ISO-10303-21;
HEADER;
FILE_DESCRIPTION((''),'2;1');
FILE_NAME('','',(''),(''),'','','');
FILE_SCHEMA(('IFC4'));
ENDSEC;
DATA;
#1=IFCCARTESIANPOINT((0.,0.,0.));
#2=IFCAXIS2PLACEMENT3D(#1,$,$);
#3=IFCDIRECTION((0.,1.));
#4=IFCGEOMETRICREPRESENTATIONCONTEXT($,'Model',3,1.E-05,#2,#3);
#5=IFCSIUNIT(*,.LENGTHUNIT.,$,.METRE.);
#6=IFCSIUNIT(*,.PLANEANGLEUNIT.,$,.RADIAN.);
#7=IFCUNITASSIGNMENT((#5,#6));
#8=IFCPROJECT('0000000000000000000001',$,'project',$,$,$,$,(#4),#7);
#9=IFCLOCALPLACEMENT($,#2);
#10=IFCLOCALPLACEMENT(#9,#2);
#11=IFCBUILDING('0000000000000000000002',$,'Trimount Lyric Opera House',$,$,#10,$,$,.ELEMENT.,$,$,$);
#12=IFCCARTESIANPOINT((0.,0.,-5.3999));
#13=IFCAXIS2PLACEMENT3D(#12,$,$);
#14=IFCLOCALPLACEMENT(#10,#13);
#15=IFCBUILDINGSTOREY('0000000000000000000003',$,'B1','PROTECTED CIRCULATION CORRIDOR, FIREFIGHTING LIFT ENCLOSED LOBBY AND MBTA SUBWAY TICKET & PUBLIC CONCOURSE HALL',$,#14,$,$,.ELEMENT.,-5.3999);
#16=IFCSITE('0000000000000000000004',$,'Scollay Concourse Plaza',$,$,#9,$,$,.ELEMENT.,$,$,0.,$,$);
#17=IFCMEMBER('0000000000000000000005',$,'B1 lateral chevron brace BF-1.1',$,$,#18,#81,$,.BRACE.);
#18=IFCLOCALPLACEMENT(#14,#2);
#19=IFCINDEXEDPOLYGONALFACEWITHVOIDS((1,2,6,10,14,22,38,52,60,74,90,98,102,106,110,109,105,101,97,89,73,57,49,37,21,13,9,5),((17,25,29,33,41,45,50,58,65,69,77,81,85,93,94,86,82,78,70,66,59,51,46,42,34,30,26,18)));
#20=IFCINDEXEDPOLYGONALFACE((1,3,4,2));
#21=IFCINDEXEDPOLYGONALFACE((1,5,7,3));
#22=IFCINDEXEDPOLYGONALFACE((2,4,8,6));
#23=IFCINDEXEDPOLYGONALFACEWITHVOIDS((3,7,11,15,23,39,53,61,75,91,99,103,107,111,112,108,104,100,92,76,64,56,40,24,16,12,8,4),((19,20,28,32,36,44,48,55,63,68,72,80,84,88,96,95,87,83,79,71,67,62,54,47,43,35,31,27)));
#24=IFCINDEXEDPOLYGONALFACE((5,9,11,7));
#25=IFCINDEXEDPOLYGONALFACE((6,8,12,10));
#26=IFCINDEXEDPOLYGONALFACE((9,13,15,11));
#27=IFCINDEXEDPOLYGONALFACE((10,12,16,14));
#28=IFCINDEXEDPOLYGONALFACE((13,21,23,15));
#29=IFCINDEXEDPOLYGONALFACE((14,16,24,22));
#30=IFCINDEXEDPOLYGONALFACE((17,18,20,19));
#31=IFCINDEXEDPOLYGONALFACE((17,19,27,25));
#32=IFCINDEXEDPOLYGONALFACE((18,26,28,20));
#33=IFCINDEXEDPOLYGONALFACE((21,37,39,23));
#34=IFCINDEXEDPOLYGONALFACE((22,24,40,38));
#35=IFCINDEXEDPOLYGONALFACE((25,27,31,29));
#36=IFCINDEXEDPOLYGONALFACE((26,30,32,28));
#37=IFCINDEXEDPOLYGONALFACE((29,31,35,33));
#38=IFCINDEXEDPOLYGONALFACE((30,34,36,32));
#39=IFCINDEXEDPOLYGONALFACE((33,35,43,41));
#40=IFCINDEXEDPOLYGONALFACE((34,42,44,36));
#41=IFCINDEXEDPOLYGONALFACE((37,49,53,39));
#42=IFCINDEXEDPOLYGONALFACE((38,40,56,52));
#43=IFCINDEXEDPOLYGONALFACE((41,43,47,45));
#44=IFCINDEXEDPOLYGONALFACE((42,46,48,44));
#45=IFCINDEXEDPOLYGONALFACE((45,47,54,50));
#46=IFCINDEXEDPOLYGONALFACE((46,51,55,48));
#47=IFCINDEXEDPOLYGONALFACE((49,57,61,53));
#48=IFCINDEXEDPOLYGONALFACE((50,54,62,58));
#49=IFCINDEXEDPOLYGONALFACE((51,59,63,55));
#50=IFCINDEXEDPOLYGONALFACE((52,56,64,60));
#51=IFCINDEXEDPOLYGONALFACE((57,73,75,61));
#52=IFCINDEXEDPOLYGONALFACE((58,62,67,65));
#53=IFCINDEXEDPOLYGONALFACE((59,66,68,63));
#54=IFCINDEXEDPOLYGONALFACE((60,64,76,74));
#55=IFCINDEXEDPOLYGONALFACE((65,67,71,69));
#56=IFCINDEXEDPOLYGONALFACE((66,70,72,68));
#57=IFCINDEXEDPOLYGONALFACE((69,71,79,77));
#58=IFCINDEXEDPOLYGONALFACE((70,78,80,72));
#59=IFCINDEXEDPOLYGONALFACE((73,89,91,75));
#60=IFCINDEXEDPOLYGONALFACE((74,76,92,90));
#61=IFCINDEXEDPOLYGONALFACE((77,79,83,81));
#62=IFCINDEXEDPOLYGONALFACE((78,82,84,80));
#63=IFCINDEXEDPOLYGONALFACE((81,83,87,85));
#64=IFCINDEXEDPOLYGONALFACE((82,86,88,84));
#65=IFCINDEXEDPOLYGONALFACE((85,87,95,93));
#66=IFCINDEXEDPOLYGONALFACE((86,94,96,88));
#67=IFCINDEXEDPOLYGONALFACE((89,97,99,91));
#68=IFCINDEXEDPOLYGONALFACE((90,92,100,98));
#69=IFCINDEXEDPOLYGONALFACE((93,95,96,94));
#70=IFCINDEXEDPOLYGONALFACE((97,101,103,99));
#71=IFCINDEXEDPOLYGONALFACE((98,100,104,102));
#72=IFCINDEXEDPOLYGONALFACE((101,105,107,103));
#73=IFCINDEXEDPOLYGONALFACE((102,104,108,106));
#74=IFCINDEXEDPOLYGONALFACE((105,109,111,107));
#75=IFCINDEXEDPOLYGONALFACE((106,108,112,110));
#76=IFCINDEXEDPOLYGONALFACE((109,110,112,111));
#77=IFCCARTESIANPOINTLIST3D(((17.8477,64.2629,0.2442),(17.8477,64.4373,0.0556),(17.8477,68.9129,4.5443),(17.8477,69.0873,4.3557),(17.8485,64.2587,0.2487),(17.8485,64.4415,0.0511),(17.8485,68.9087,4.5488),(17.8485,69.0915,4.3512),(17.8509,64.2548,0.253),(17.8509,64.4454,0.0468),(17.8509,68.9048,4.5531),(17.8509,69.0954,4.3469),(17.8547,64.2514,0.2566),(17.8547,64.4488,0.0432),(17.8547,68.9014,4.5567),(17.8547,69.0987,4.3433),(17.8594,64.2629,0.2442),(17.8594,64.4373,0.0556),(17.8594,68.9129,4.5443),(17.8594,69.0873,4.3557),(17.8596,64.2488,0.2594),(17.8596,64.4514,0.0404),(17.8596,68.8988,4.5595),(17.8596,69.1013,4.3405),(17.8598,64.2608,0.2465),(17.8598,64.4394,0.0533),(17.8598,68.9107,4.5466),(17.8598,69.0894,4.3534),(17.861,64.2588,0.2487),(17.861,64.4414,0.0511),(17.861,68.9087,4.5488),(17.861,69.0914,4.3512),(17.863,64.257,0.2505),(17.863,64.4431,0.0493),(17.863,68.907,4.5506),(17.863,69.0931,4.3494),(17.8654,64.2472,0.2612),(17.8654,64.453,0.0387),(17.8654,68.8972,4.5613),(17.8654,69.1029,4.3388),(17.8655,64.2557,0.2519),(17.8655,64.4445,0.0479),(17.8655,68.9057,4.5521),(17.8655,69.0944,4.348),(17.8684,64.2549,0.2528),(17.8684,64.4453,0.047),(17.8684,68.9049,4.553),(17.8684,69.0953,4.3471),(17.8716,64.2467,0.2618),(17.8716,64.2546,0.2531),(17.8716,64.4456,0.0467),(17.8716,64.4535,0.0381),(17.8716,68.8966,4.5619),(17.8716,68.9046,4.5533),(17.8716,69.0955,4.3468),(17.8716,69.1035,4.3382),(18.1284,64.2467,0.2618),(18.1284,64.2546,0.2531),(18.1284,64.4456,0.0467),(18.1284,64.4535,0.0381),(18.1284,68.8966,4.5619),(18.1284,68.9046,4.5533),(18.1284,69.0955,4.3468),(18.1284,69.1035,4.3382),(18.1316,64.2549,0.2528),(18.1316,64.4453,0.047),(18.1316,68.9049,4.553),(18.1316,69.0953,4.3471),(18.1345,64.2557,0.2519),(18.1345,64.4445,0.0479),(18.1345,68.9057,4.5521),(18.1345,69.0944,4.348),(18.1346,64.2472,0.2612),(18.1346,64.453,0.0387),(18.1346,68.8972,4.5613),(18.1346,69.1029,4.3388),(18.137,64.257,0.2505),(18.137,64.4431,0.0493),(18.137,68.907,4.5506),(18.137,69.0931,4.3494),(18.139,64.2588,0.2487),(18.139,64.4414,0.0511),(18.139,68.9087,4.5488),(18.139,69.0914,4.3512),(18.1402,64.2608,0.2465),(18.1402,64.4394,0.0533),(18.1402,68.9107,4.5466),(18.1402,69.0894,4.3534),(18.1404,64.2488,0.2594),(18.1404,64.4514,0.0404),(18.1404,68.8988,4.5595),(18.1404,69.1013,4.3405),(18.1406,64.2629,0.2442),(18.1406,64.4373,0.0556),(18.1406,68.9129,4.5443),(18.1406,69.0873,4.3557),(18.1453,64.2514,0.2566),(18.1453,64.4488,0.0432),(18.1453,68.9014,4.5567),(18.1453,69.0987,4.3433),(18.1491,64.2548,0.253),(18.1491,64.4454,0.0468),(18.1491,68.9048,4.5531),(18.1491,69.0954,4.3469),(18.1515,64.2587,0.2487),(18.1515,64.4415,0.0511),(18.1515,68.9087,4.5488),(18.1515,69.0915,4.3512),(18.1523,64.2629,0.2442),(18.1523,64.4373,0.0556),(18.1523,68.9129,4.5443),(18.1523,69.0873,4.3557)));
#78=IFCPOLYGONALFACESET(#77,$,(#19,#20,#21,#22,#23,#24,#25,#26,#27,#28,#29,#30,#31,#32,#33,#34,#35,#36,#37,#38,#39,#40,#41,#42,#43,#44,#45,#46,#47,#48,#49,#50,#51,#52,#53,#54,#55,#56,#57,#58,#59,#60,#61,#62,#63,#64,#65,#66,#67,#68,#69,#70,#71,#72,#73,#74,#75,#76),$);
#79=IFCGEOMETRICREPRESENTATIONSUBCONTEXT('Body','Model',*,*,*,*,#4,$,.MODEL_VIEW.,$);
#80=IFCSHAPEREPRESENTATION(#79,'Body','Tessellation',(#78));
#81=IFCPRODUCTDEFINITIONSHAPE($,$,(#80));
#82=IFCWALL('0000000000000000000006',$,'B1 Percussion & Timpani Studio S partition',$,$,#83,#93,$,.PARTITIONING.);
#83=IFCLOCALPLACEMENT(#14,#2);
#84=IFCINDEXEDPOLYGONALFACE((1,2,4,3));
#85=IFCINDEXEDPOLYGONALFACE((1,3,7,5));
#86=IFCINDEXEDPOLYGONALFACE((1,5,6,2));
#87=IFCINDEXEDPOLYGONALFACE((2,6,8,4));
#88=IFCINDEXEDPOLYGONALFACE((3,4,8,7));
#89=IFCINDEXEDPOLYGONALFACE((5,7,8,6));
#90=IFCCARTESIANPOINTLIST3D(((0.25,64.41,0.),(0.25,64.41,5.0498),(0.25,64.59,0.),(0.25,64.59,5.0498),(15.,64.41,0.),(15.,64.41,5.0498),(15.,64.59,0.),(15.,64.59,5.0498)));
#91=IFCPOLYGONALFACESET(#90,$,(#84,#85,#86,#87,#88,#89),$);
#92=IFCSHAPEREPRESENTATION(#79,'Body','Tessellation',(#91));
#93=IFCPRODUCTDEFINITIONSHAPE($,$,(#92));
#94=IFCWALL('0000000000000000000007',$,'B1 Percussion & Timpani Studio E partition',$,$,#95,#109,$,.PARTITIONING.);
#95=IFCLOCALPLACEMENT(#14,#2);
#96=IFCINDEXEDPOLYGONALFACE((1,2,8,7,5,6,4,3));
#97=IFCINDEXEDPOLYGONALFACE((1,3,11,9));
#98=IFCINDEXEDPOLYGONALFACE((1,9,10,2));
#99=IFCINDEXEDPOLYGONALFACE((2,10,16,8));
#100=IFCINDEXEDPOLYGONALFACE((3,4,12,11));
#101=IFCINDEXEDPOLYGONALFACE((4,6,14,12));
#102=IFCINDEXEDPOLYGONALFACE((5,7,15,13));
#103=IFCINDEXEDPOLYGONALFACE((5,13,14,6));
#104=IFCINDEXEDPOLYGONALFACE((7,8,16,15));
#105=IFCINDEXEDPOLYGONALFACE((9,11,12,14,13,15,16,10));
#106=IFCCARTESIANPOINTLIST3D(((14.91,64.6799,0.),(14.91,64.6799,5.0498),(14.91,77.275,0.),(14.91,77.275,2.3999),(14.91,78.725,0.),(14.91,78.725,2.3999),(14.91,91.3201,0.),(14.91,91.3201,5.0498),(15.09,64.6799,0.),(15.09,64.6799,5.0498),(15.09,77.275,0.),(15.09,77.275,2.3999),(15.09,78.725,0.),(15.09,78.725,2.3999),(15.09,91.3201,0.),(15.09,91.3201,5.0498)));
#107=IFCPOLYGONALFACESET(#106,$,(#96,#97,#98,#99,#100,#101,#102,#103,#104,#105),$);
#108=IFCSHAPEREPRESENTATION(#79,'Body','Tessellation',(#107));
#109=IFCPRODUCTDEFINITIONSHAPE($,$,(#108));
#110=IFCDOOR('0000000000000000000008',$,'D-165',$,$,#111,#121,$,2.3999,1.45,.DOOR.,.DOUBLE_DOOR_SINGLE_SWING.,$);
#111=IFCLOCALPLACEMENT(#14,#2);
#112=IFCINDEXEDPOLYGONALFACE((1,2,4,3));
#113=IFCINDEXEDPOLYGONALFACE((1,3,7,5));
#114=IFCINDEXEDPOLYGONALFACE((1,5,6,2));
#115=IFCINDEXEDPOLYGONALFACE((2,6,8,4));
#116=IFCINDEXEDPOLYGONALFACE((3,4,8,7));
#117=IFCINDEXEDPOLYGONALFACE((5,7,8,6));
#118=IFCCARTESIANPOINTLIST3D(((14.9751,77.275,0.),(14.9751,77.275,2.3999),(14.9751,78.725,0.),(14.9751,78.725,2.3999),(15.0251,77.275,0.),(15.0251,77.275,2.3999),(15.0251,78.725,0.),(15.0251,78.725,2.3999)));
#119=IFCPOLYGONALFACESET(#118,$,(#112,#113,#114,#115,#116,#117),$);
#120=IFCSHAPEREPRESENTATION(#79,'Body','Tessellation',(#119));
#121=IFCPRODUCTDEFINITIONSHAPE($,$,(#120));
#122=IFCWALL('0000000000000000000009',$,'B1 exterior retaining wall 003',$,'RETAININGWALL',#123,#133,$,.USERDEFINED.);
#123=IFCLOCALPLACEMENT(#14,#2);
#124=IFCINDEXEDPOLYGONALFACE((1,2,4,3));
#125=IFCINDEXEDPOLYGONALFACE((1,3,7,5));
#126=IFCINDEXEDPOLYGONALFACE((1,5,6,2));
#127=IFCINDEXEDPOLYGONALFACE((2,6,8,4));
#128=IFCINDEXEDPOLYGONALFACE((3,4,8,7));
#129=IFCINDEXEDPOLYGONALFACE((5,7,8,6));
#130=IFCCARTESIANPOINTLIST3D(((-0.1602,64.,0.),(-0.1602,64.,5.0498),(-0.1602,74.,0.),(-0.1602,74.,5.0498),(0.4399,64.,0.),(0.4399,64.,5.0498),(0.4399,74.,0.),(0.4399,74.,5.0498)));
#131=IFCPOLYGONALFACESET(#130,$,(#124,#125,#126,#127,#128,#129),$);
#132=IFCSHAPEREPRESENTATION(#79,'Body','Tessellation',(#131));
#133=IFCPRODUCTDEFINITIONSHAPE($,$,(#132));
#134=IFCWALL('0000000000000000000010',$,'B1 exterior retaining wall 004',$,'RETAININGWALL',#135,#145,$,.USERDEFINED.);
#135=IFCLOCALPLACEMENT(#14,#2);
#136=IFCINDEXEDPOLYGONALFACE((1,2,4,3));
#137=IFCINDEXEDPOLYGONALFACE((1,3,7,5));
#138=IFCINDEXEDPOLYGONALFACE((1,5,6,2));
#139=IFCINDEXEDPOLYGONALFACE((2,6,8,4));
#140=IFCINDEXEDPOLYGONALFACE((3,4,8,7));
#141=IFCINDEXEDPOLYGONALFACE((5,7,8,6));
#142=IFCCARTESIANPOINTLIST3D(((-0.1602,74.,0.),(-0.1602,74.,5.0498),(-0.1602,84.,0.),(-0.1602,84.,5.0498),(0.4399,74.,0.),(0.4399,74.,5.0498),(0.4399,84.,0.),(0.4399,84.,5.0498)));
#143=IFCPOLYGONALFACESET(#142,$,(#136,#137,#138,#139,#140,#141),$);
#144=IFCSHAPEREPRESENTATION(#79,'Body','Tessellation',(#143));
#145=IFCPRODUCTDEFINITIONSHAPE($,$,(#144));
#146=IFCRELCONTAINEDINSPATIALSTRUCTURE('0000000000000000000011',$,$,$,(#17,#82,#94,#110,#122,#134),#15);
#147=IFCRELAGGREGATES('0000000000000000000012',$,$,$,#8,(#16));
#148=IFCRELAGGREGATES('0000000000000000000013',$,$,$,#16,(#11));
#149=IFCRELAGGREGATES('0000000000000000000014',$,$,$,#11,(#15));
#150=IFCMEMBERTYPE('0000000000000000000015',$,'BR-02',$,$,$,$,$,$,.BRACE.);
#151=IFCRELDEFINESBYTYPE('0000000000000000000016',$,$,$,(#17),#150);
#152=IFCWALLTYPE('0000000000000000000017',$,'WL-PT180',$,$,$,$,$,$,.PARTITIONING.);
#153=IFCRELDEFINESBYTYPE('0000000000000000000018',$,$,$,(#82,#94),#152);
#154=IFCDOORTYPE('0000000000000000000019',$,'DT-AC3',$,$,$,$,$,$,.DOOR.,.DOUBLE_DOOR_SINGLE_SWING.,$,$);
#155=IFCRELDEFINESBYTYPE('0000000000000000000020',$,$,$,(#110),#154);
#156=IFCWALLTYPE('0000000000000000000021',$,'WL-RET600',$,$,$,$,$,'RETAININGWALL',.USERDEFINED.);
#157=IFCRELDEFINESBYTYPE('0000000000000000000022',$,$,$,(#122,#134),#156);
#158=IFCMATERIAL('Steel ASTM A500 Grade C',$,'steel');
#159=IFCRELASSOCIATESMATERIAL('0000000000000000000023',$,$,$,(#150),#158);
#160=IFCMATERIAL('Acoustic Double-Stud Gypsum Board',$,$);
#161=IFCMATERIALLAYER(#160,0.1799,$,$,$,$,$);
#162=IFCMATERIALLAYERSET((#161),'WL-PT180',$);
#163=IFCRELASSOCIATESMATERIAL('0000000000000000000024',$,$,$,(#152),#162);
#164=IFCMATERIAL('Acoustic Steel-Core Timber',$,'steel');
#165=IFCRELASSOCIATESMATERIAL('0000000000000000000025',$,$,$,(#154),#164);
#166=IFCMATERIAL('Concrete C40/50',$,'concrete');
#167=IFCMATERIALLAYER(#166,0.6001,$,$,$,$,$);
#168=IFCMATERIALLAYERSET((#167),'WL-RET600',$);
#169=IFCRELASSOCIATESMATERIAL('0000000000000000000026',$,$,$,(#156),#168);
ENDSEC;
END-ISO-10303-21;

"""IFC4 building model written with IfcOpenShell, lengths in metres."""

from ifc_helpers import new_model, si_unit, direction, frame, frame_2d, origin, origin_2d, place, context, subcontext, project, spatial, rectangle, hollow_rectangle, extrude, material, layer, layer_set, material_profile, profile_set, type_object, element, fill, save


model = new_model("IFC4")

# Units and contexts
model_context = context("Model", 3, precision=1e-05, world=origin(), true_north=direction((0.0, 1.0)))
body_context = subcontext(model_context, "Body", "Model", "MODEL_VIEW")
ifc_project = project(units=[si_unit("LENGTHUNIT", "METRE"), si_unit("PLANEANGLEUNIT", "RADIAN")], contexts=[model_context])

# Site, building, storey
site_placement = place(None, origin())
site = spatial("IfcSite", under=ifc_project, at=site_placement, Name="Scollay Concourse Plaza", CompositionType="ELEMENT", RefElevation=0.0)
building_placement = place(site_placement, origin())
building = spatial("IfcBuilding", under=site, at=building_placement, Name="Trimount Lyric Opera House", CompositionType="ELEMENT")
storey_placement = place(building_placement, frame((0.0, 0.0, -5.3999)))
storey = spatial("IfcBuildingStorey", under=building, at=storey_placement, Name="B1", Description="PROTECTED CIRCULATION CORRIDOR, FIREFIGHTING LIFT ENCLOSED LOBBY AND MBTA SUBWAY TICKET & PUBLIC CONCOURSE HALL", CompositionType="ELEMENT", Elevation=-5.3999)

# Member
ifc_material_1 = material(Name="Steel ASTM A500 Grade C", Category="steel")
ifc_material_profile_1 = material_profile(ifc_material_1, hollow_rectangle(XDim=0.3047, YDim=0.3047, WallThickness=0.0117, InnerFilletRadius=0.0122, OuterFilletRadius=0.0239, at=origin_2d()), Name="HSS304.8X304.8X12.7")
ifc_profile_set_1 = profile_set([ifc_material_profile_1], Name="Steel ASTM A500 Grade C")
member_type = type_object("IfcMemberType", Name="BR-02", PredefinedType="BRACE", material=ifc_profile_set_1)
member_placement = place(storey_placement, frame((18.0, 64.3501, 0.1499), z_axis=(0.0, 0.734187, 0.678947), x_axis=(-1.0, 0.0, 0.0)))
element("IfcMember", 1, at=member_placement, inside=storey, type_object=member_type, Name="B1 lateral chevron brace BF-1.1", PredefinedType="BRACE", context=body_context, shape_type="SweptSolid", body=[
    extrude(hollow_rectangle(XDim=0.3047, YDim=0.3047, WallThickness=0.0117, InnerFilletRadius=0.0122, OuterFilletRadius=0.0239, at=origin_2d()), origin(), (0.0, 0.0, 1.0), 6.3335),
])

# Wall
ifc_material_2 = material(Name="Acoustic Double-Stud Gypsum Board")
ifc_layer_1 = layer(ifc_material_2, 0.1799)
ifc_layer_set_1 = layer_set([ifc_layer_1], Name="WL-PT180")
wall_type_1 = type_object("IfcWallType", Name="WL-PT180", PredefinedType="PARTITIONING", material=ifc_layer_set_1)
wall_1_placement = place(storey_placement, frame((0.25, 64.5, 0.0), z_axis=(0.0, 0.0, 1.0), x_axis=(1.0, 0.0, 0.0)))
element("IfcWall", 2, at=wall_1_placement, inside=storey, type_object=wall_type_1, Name="B1 Percussion & Timpani Studio S partition", PredefinedType="PARTITIONING", context=body_context, shape_type="SweptSolid", body=[
    extrude(rectangle(XDim=14.75, YDim=0.1799, at=frame_2d((7.375, 0.0))), origin(), (0.0, 0.0, 1.0), 5.0498),
])

# Wall, opening, door
wall_2_placement = place(storey_placement, frame((15.0, 64.6799, 0.0), z_axis=(0.0, 0.0, 1.0), x_axis=(0.0, 1.0, 0.0)))
wall_2 = element("IfcWall", 3, at=wall_2_placement, inside=storey, type_object=wall_type_1, Name="B1 Percussion & Timpani Studio E partition", PredefinedType="PARTITIONING", context=body_context, shape_type="SweptSolid", body=[
    extrude(rectangle(XDim=26.6401, YDim=0.1799, at=frame_2d((13.3201, 0.0))), origin(), (0.0, 0.0, 1.0), 5.0498),
])
opening_placement = place(wall_2_placement, frame((12.595, 0.0, 0.0)))
opening = element("IfcOpeningElement", 4, at=opening_placement, cuts=wall_2, PredefinedType="OPENING", context=body_context, shape_type="SweptSolid", body=[
    extrude(rectangle(XDim=1.45, YDim=2.3999, at=frame_2d((0.7251, 1.2))), frame((0.0, 0.1001, 0.0), z_axis=(0.0, -1.0, 0.0), x_axis=(1.0, 0.0, 0.0)), (0.0, 0.0, 1.0), 0.2),
])
ifc_material_3 = material(Name="Acoustic Steel-Core Timber", Category="steel")
door_type = type_object("IfcDoorType", Name="DT-AC3", OperationType="DOUBLE_DOOR_SINGLE_SWING", PredefinedType="DOOR", material=ifc_material_3)
door_placement = place(opening_placement, origin())
door = element("IfcDoor", 5, at=door_placement, inside=storey, type_object=door_type, Name="D-165", OperationType="DOUBLE_DOOR_SINGLE_SWING", OverallHeight=2.3999, OverallWidth=1.45, PredefinedType="DOOR", context=body_context, shape_type="SweptSolid", body=[
    extrude(rectangle(XDim=1.45, YDim=2.3999, at=frame_2d((0.7251, 1.2))), frame((0.0, 0.0249, 0.0), z_axis=(0.0, -1.0, 0.0), x_axis=(1.0, 0.0, 0.0)), (0.0, 0.0, 1.0), 0.05),
])
fill(opening, door)

# Walls
ifc_material_4 = material(Name="Concrete C40/50", Category="concrete")
ifc_layer_2 = layer(ifc_material_4, 0.6001)
ifc_layer_set_2 = layer_set([ifc_layer_2], Name="WL-RET600")
wall_type_2 = type_object("IfcWallType", Name="WL-RET600", ElementType="RETAININGWALL", PredefinedType="USERDEFINED", material=ifc_layer_set_2)
for number, where, z_axis, x_axis, name in (
    (6, (0.1399, 64.0, 0.0), (0.0, 0.0, 1.0), (0.0, 1.0, 0.0), "B1 exterior retaining wall 003"),
    (7, (0.1399, 74.0, 0.0), (0.0, 0.0, 1.0), (0.0, 1.0, 0.0), "B1 exterior retaining wall 004"),
):
    element("IfcWall", number, at=place(storey_placement, frame(where, z_axis=z_axis, x_axis=x_axis)), inside=storey, type_object=wall_type_2, Name=name, ObjectType="RETAININGWALL", PredefinedType="USERDEFINED", context=body_context, shape_type="SweptSolid", body=[
        extrude(rectangle(XDim=10.0, YDim=0.6001, at=frame_2d((5.0, 0.0))), origin(), (0.0, 0.0, 1.0), 5.0498),
    ])

save(model, "model.ifc")
